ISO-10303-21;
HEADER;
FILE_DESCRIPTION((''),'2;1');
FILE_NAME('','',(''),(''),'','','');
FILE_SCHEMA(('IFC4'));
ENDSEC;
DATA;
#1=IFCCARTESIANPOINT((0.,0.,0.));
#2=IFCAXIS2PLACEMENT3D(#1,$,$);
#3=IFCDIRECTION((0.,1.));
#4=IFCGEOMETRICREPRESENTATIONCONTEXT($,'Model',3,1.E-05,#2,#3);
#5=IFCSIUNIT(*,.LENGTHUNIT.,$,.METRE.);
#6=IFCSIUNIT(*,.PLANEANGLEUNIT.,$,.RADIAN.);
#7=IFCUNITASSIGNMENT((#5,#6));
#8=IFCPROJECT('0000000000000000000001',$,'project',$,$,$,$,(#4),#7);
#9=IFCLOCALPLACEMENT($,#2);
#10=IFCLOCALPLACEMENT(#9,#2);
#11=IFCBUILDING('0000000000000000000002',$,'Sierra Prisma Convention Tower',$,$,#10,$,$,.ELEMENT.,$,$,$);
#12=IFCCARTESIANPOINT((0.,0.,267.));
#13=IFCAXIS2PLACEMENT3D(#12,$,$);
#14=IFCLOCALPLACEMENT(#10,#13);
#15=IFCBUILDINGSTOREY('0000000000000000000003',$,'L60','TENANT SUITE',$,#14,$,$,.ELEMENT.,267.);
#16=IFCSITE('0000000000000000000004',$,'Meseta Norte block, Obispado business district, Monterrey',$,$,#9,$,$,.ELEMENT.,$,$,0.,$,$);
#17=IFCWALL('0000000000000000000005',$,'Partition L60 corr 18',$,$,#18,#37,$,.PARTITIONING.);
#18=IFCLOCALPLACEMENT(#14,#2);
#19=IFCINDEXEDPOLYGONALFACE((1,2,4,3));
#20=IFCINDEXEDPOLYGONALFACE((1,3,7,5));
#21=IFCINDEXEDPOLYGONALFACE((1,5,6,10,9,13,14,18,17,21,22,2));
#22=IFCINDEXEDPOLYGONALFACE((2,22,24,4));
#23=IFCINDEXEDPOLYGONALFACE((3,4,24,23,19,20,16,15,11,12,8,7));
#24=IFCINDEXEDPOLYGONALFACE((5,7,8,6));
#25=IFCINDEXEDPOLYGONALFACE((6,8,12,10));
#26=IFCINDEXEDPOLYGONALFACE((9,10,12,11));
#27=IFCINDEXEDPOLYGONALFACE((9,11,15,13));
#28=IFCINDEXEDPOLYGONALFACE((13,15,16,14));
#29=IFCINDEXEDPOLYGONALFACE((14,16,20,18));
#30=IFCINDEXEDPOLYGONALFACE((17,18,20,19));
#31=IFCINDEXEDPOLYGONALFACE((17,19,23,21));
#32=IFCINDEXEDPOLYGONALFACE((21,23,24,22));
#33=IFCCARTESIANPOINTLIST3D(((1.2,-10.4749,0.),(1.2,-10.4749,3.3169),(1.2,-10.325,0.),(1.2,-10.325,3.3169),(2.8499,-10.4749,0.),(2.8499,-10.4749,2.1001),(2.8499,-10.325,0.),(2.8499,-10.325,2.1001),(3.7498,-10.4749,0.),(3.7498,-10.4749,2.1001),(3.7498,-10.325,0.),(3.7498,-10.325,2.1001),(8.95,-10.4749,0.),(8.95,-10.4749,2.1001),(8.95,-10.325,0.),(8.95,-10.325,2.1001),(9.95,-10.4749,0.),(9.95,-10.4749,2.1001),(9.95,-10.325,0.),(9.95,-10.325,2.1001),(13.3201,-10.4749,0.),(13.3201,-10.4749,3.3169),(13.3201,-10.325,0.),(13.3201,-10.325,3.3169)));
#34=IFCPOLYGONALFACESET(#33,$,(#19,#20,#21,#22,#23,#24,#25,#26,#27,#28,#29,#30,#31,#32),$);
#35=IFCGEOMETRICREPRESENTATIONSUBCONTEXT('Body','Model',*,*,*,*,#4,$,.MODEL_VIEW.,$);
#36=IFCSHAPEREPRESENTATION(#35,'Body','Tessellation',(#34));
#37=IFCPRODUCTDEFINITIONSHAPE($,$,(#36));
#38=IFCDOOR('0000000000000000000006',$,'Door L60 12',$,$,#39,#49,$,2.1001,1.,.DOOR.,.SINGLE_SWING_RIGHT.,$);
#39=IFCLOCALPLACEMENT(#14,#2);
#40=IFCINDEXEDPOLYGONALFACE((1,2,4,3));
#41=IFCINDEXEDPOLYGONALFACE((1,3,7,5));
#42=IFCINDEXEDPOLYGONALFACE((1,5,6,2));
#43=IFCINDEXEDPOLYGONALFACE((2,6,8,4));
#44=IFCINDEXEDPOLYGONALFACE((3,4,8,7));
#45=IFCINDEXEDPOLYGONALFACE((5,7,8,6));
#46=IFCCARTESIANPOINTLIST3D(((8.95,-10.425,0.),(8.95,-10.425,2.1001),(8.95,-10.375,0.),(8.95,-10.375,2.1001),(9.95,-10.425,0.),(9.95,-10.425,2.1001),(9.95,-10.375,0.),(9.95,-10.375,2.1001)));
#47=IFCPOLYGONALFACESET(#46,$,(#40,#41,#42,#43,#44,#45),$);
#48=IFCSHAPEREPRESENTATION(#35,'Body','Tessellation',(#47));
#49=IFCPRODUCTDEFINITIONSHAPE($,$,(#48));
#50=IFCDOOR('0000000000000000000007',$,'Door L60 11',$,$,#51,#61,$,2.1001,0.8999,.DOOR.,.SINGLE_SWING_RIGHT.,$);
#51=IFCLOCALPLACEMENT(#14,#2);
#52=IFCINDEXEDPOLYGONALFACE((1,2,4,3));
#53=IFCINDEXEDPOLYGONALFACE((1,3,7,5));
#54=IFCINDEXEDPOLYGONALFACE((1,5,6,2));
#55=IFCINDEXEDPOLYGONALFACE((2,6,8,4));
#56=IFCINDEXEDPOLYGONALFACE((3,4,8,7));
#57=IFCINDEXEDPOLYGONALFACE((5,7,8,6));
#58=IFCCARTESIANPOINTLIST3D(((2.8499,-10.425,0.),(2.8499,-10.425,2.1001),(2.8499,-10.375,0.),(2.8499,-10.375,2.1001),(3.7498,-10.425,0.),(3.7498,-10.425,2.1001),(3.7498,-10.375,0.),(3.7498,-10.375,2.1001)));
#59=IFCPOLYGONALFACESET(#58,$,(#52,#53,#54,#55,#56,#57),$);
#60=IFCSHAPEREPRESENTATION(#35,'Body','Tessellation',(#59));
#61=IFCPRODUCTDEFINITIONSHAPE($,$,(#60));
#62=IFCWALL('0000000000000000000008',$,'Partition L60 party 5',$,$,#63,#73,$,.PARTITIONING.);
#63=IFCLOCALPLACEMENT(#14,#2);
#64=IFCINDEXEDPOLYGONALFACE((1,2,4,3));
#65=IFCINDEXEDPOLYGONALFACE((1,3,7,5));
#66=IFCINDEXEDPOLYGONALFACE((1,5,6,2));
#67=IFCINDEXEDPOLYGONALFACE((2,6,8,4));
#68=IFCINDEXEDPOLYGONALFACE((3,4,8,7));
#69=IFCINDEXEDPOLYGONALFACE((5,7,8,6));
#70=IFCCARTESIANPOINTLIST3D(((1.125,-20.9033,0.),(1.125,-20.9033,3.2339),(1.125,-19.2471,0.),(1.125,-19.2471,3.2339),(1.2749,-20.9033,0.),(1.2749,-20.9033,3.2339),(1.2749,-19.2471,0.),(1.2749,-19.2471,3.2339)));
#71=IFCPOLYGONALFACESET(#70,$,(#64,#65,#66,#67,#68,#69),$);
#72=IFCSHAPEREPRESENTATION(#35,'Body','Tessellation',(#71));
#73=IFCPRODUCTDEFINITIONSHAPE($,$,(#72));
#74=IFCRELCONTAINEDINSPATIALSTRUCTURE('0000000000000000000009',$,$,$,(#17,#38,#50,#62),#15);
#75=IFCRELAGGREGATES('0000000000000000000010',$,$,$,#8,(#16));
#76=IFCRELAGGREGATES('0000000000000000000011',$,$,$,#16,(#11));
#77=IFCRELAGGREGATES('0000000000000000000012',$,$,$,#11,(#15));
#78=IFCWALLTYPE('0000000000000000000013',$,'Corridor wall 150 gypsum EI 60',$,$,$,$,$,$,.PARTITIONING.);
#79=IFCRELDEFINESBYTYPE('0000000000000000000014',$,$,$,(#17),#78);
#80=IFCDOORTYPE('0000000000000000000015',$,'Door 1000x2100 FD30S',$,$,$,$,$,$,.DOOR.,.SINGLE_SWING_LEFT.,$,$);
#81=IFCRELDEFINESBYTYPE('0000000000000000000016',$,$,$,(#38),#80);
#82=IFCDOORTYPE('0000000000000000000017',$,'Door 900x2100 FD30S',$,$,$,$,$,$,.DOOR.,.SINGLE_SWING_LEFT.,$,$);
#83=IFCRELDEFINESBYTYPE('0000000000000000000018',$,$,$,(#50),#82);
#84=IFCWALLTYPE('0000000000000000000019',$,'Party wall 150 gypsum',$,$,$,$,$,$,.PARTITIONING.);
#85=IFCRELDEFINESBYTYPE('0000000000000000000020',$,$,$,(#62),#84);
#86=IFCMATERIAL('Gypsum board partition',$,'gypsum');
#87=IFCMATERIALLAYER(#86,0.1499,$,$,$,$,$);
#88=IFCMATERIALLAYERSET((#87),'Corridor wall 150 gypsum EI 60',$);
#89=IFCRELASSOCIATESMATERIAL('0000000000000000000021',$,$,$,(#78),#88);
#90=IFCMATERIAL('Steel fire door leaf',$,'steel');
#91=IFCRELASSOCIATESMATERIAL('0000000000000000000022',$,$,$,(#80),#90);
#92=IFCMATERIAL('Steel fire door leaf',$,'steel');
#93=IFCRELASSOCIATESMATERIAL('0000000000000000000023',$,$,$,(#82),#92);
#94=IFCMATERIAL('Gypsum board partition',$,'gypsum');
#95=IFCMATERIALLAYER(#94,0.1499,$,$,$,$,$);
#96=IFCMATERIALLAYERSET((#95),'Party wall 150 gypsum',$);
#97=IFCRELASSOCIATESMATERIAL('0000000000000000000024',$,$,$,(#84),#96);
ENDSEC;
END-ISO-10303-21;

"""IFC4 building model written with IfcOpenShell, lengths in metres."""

from ifc_helpers import new_model, si_unit, direction, frame, frame_2d, origin, place, context, subcontext, project, spatial, rectangle, extrude, material, layer, layer_set, type_object, element, fill, save


model = new_model("IFC4")

# Units and contexts
model_context = context("Model", 3, precision=1e-05, world=origin(), true_north=direction((0.0, 1.0)))
body_context = subcontext(model_context, "Body", "Model", "MODEL_VIEW")
ifc_project = project(units=[si_unit("LENGTHUNIT", "METRE"), si_unit("PLANEANGLEUNIT", "RADIAN")], contexts=[model_context])

# Site, building, storey
site_placement = place(None, origin())
site = spatial("IfcSite", under=ifc_project, at=site_placement, Name="Meseta Norte block, Obispado business district, Monterrey", CompositionType="ELEMENT", RefElevation=0.0)
building_placement = place(site_placement, origin())
building = spatial("IfcBuilding", under=site, at=building_placement, Name="Sierra Prisma Convention Tower", CompositionType="ELEMENT")
storey_placement = place(building_placement, frame((0.0, 0.0, 267.0)))
storey = spatial("IfcBuildingStorey", under=building, at=storey_placement, Name="L60", Description="TENANT SUITE", CompositionType="ELEMENT", Elevation=267.0)

# Shared definitions
ifc_material_1 = material(Name="Gypsum board partition", Category="gypsum")
ifc_layer_1 = layer(ifc_material_1, 0.1499)
ifc_layer_set_1 = layer_set([ifc_layer_1], Name="Corridor wall 150 gypsum EI 60")
wall_type_1 = type_object("IfcWallType", Name="Corridor wall 150 gypsum EI 60", PredefinedType="PARTITIONING", material=ifc_layer_set_1)

# Wall, openings, doors
wall_1_placement = place(storey_placement, frame((1.2, -10.3999, 0.0), z_axis=(0.0, 0.0, 1.0), x_axis=(1.0, 0.0, 0.0)))
wall_1 = element("IfcWall", 1, at=wall_1_placement, inside=storey, type_object=wall_type_1, Name="Partition L60 corr 18", PredefinedType="PARTITIONING", context=body_context, shape_type="SweptSolid", body=[
    extrude(rectangle(XDim=12.1201, YDim=0.1499, at=frame_2d((6.0601, 0.0))), origin(), (0.0, 0.0, 1.0), 3.3169),
])
opening_1_placement = place(wall_1_placement, frame((1.6499, 0.0, 0.0)))
opening_1 = element("IfcOpeningElement", 2, at=opening_1_placement, cuts=wall_1, PredefinedType="OPENING", context=body_context, shape_type="SweptSolid", body=[
    extrude(rectangle(XDim=0.8999, YDim=2.1001, at=frame_2d((0.45, 1.05))), frame((0.0, 0.075, 0.0), z_axis=(0.0, -1.0, 0.0), x_axis=(1.0, 0.0, 0.0)), (0.0, 0.0, 1.0), 0.1499),
])
opening_2_placement = place(wall_1_placement, frame((7.75, 0.0, 0.0)))
opening_2 = element("IfcOpeningElement", 3, at=opening_2_placement, cuts=wall_1, PredefinedType="OPENING", context=body_context, shape_type="SweptSolid", body=[
    extrude(rectangle(XDim=1.0, YDim=2.1001, at=frame_2d((0.5, 1.05))), frame((0.0, 0.075, 0.0), z_axis=(0.0, -1.0, 0.0), x_axis=(1.0, 0.0, 0.0)), (0.0, 0.0, 1.0), 0.1499),
])
ifc_material_2 = material(Name="Steel fire door leaf", Category="steel")
door_type_1 = type_object("IfcDoorType", Name="Door 1000x2100 FD30S", OperationType="SINGLE_SWING_LEFT", PredefinedType="DOOR", material=ifc_material_2)
door_1_placement = place(opening_2_placement, origin())
door_1 = element("IfcDoor", 4, at=door_1_placement, inside=storey, type_object=door_type_1, Name="Door L60 12", OperationType="SINGLE_SWING_RIGHT", OverallHeight=2.1001, OverallWidth=1.0, PredefinedType="DOOR", context=body_context, shape_type="SweptSolid", body=[
    extrude(rectangle(XDim=1.0, YDim=2.1001, at=frame_2d((0.5, 1.05))), frame((0.0, 0.0249, 0.0), z_axis=(0.0, -1.0, 0.0), x_axis=(1.0, 0.0, 0.0)), (0.0, 0.0, 1.0), 0.05),
])
fill(opening_2, door_1)
ifc_material_3 = material(Name="Steel fire door leaf", Category="steel")
door_type_2 = type_object("IfcDoorType", Name="Door 900x2100 FD30S", OperationType="SINGLE_SWING_LEFT", PredefinedType="DOOR", material=ifc_material_3)
door_2_placement = place(opening_1_placement, origin())
door_2 = element("IfcDoor", 5, at=door_2_placement, inside=storey, type_object=door_type_2, Name="Door L60 11", OperationType="SINGLE_SWING_RIGHT", OverallHeight=2.1001, OverallWidth=0.8999, PredefinedType="DOOR", context=body_context, shape_type="SweptSolid", body=[
    extrude(rectangle(XDim=0.8999, YDim=2.1001, at=frame_2d((0.45, 1.05))), frame((0.0, 0.0249, 0.0), z_axis=(0.0, -1.0, 0.0), x_axis=(1.0, 0.0, 0.0)), (0.0, 0.0, 1.0), 0.05),
])
fill(opening_1, door_2)

# Wall
ifc_material_4 = material(Name="Gypsum board partition", Category="gypsum")
ifc_layer_2 = layer(ifc_material_4, 0.1499)
ifc_layer_set_2 = layer_set([ifc_layer_2], Name="Party wall 150 gypsum")
wall_type_2 = type_object("IfcWallType", Name="Party wall 150 gypsum", PredefinedType="PARTITIONING", material=ifc_layer_set_2)
wall_2_placement = place(storey_placement, frame((1.2, -19.2471, 0.0), z_axis=(0.0, 0.0, 1.0), x_axis=(0.0, -1.0, 0.0)))
element("IfcWall", 6, at=wall_2_placement, inside=storey, type_object=wall_type_2, Name="Partition L60 party 5", PredefinedType="PARTITIONING", context=body_context, shape_type="SweptSolid", body=[
    extrude(rectangle(XDim=1.6562, YDim=0.1499, at=frame_2d((0.8281, 0.0))), origin(), (0.0, 0.0, 1.0), 3.2339),
])

save(model, "model.ifc")
